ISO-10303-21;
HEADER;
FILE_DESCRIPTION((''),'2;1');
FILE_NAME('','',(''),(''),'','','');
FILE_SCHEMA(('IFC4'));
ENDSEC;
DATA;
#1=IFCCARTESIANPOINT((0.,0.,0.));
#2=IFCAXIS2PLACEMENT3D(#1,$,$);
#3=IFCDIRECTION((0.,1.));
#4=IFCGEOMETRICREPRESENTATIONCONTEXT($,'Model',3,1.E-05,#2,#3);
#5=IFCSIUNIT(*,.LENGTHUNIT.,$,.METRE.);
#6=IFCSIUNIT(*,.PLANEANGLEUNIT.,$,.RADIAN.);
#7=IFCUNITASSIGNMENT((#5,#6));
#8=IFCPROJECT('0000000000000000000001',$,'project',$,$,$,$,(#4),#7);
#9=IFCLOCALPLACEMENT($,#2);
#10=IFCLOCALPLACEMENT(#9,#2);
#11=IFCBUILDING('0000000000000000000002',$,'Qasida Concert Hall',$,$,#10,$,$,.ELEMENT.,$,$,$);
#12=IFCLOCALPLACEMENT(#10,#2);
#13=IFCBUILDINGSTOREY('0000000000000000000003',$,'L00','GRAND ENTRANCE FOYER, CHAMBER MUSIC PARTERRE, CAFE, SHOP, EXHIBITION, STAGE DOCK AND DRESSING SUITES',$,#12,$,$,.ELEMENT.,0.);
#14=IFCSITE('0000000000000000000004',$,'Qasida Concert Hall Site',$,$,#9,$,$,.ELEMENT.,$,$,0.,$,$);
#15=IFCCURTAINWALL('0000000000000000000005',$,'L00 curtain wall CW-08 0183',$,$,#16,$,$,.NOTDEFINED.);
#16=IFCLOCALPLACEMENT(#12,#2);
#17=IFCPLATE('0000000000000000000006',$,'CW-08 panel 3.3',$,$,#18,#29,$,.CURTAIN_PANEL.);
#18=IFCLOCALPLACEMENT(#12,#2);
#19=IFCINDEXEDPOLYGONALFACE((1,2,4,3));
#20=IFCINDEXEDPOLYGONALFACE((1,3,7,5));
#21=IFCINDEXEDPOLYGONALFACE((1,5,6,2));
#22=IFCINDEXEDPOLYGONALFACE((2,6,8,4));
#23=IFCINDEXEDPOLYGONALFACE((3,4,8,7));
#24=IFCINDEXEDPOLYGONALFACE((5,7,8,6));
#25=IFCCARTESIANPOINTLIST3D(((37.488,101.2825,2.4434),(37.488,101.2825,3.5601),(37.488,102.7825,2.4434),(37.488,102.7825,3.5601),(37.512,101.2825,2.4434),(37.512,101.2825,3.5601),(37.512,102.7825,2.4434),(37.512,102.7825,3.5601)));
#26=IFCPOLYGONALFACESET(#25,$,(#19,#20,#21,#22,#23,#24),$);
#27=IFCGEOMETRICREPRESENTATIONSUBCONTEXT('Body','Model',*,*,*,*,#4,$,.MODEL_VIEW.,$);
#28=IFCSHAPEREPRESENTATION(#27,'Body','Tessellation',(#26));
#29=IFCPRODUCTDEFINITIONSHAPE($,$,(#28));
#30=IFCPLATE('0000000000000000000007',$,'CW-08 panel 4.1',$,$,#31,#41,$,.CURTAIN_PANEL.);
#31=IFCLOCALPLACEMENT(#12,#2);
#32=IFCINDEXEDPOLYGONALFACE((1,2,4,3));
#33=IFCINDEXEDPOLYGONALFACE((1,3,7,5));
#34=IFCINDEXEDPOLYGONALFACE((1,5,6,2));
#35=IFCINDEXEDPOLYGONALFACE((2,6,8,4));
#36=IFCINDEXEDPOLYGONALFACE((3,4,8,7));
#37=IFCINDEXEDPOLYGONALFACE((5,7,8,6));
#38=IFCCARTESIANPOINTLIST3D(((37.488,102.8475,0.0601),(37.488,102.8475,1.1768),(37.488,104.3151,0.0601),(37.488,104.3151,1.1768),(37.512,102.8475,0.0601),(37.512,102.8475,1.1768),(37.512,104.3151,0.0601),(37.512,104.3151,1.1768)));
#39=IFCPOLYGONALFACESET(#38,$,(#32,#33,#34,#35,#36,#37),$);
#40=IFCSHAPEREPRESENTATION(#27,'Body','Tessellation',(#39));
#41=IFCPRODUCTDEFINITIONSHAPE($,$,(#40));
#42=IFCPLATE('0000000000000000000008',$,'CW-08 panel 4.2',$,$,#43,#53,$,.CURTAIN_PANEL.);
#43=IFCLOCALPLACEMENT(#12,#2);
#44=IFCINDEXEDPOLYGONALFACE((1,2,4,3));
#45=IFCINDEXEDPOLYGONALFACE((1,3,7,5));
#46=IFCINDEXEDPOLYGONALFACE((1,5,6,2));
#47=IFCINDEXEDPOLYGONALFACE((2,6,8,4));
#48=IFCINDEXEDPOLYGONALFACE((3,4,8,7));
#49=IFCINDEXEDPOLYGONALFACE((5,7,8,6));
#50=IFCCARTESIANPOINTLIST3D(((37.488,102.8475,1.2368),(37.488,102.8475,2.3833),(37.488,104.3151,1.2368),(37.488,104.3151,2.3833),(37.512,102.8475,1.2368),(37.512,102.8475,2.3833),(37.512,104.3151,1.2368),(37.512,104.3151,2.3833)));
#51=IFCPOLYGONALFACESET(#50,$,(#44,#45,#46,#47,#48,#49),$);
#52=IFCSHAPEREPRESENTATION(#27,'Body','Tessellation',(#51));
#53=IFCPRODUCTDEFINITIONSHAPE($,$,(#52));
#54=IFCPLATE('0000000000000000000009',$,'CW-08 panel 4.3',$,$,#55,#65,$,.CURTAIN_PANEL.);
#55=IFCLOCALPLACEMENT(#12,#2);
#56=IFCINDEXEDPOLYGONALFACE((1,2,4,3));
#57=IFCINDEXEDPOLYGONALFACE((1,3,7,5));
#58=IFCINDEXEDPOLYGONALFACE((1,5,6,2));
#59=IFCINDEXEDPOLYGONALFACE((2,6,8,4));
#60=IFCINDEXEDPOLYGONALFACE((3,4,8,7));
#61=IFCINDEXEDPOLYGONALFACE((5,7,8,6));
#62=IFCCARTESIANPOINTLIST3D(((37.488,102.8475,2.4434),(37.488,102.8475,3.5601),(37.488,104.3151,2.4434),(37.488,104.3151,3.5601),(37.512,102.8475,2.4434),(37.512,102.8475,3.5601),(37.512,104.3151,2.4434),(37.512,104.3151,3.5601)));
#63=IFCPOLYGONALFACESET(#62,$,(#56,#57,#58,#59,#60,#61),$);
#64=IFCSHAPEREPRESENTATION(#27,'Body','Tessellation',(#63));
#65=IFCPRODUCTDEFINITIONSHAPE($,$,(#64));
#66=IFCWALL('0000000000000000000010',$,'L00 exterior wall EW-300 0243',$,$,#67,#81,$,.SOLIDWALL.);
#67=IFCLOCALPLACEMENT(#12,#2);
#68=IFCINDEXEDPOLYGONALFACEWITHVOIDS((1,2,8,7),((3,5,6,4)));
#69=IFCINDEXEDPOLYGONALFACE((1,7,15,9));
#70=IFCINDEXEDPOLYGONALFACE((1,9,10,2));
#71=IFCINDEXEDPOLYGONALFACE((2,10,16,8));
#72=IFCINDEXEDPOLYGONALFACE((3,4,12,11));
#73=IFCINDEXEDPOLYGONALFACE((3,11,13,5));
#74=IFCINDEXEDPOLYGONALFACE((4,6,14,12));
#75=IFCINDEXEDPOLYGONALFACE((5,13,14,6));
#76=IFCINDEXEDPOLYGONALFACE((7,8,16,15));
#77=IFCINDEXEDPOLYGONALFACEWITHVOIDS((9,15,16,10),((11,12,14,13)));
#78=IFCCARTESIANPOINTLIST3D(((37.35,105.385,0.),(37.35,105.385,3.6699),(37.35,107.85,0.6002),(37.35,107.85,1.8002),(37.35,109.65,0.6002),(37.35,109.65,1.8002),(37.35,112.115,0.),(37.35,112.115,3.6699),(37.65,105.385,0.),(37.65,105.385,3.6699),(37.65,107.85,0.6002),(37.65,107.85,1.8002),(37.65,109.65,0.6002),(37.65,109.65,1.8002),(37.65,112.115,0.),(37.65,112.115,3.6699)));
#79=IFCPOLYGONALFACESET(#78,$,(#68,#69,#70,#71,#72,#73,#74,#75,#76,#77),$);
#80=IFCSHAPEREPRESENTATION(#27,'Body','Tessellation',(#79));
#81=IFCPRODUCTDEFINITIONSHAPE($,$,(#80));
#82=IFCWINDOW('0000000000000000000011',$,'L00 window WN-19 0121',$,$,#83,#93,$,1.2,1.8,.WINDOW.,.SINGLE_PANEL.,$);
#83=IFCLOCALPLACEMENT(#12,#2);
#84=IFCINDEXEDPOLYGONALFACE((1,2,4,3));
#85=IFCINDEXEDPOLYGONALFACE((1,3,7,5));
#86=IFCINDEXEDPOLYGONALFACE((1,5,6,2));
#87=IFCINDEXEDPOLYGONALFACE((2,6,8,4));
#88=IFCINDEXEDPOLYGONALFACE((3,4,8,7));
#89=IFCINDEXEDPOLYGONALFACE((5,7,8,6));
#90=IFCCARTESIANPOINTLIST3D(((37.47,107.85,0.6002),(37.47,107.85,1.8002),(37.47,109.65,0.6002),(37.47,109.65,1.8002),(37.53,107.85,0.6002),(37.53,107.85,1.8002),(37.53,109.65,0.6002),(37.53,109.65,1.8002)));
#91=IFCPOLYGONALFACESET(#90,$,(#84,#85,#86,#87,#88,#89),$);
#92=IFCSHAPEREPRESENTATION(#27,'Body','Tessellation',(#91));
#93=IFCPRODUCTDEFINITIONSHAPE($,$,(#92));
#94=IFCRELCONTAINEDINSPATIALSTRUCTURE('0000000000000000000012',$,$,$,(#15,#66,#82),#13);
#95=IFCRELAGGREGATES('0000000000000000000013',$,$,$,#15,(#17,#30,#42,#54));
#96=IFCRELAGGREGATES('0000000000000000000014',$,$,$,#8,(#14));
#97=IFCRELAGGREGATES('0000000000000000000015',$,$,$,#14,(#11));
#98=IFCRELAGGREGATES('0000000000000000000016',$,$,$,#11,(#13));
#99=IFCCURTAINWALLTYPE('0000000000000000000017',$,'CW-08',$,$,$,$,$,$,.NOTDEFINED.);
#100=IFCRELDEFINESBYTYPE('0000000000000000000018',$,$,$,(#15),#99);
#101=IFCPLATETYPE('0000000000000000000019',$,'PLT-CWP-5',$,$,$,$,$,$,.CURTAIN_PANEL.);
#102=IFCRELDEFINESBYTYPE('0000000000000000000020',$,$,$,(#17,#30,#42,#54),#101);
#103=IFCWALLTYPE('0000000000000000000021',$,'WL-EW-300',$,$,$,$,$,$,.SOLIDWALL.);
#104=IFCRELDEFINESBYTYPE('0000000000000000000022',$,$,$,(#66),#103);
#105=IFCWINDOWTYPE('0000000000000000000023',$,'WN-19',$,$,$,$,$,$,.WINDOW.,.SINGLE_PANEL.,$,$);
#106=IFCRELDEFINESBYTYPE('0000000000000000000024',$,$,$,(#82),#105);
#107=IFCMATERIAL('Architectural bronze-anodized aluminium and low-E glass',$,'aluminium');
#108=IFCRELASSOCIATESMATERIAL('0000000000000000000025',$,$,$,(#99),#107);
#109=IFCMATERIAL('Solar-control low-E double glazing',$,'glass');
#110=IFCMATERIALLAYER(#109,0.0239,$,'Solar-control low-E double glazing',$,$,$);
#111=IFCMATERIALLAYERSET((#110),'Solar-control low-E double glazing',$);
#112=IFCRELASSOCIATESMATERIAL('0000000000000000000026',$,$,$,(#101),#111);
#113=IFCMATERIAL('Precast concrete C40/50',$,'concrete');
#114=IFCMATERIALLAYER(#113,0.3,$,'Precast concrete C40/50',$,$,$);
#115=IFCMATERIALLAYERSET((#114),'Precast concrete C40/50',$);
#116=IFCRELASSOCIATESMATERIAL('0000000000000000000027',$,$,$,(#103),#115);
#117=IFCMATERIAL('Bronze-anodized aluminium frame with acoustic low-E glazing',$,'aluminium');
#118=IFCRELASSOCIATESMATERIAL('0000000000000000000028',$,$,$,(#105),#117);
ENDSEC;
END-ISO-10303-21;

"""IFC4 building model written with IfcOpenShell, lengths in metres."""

from ifc_helpers import new_model, si_unit, direction, frame, frame_2d, origin, origin_2d, place, context, subcontext, project, spatial, rectangle, extrude, material, layer, layer_set, type_object, element, fill, aggregate, save


model = new_model("IFC4")

# Units and contexts
model_context = context("Model", 3, precision=1e-05, world=origin(), true_north=direction((0.0, 1.0)))
body_context = subcontext(model_context, "Body", "Model", "MODEL_VIEW")
ifc_project = project(units=[si_unit("LENGTHUNIT", "METRE"), si_unit("PLANEANGLEUNIT", "RADIAN")], contexts=[model_context])

# Site, building, storey
site_placement = place(None, origin())
site = spatial("IfcSite", under=ifc_project, at=site_placement, Name="Qasida Concert Hall Site", CompositionType="ELEMENT", RefElevation=0.0)
building_placement = place(site_placement, origin())
building = spatial("IfcBuilding", under=site, at=building_placement, Name="Qasida Concert Hall", CompositionType="ELEMENT")
storey_placement = place(building_placement, origin())
storey = spatial("IfcBuildingStorey", under=building, at=storey_placement, Name="L00", Description="GRAND ENTRANCE FOYER, CHAMBER MUSIC PARTERRE, CAFE, SHOP, EXHIBITION, STAGE DOCK AND DRESSING SUITES", CompositionType="ELEMENT", Elevation=0.0)

# Curtain wall, plates
ifc_material_1 = material(Name="Architectural bronze-anodized aluminium and low-E glass", Category="aluminium")
curtain_wall_type = type_object("IfcCurtainWallType", Name="CW-08", PredefinedType="NOTDEFINED", material=ifc_material_1)
curtain_wall_placement = place(storey_placement, origin())
curtain_wall = element("IfcCurtainWall", 1, at=curtain_wall_placement, inside=storey, type_object=curtain_wall_type, Name="L00 curtain wall CW-08 0183", PredefinedType="NOTDEFINED")
ifc_material_2 = material(Name="Solar-control low-E double glazing", Category="glass")
ifc_layer_1 = layer(ifc_material_2, 0.0239, Name="Solar-control low-E double glazing")
ifc_layer_set_1 = layer_set([ifc_layer_1], Name="Solar-control low-E double glazing")
plate_type = type_object("IfcPlateType", Name="PLT-CWP-5", PredefinedType="CURTAIN_PANEL", material=ifc_layer_set_1)
plate_1_placement = place(storey_placement, frame((37.5, 102.0325, 2.4434), z_axis=(0.0, 0.0, 1.0), x_axis=(0.0, 1.0, 0.0)))
plate_1 = element("IfcPlate", 2, at=plate_1_placement, type_object=plate_type, Name="CW-08 panel 3.3", PredefinedType="CURTAIN_PANEL", context=body_context, shape_type="SweptSolid", body=[
    extrude(rectangle(XDim=1.5, YDim=0.0239, at=origin_2d()), origin(), (0.0, 0.0, 1.0), 1.1167),
])
plate_2_placement = place(storey_placement, frame((37.5, 103.5813, 0.0601), z_axis=(0.0, 0.0, 1.0), x_axis=(0.0, 1.0, 0.0)))
plate_2 = element("IfcPlate", 3, at=plate_2_placement, type_object=plate_type, Name="CW-08 panel 4.1", PredefinedType="CURTAIN_PANEL", context=body_context, shape_type="SweptSolid", body=[
    extrude(rectangle(XDim=1.4675, YDim=0.0239, at=origin_2d()), origin(), (0.0, 0.0, 1.0), 1.1167),
])
plate_3_placement = place(storey_placement, frame((37.5, 103.5813, 1.2368), z_axis=(0.0, 0.0, 1.0), x_axis=(0.0, 1.0, 0.0)))
plate_3 = element("IfcPlate", 4, at=plate_3_placement, type_object=plate_type, Name="CW-08 panel 4.2", PredefinedType="CURTAIN_PANEL", context=body_context, shape_type="SweptSolid", body=[
    extrude(rectangle(XDim=1.4675, YDim=0.0239, at=origin_2d()), origin(), (0.0, 0.0, 1.0), 1.1465),
])
plate_4_placement = place(storey_placement, frame((37.5, 103.5813, 2.4434), z_axis=(0.0, 0.0, 1.0), x_axis=(0.0, 1.0, 0.0)))
plate_4 = element("IfcPlate", 5, at=plate_4_placement, type_object=plate_type, Name="CW-08 panel 4.3", PredefinedType="CURTAIN_PANEL", context=body_context, shape_type="SweptSolid", body=[
    extrude(rectangle(XDim=1.4675, YDim=0.0239, at=origin_2d()), origin(), (0.0, 0.0, 1.0), 1.1167),
])
aggregate(curtain_wall, [plate_1, plate_2, plate_3, plate_4])

# Wall, opening, window
ifc_material_3 = material(Name="Precast concrete C40/50", Category="concrete")
ifc_layer_2 = layer(ifc_material_3, 0.3, Name="Precast concrete C40/50")
ifc_layer_set_2 = layer_set([ifc_layer_2], Name="Precast concrete C40/50")
wall_type = type_object("IfcWallType", Name="WL-EW-300", PredefinedType="SOLIDWALL", material=ifc_layer_set_2)
wall_placement = place(storey_placement, frame((37.5, 105.385, 0.0), z_axis=(0.0, 0.0, 1.0), x_axis=(0.0, 1.0, 0.0)))
wall = element("IfcWall", 6, at=wall_placement, inside=storey, type_object=wall_type, Name="L00 exterior wall EW-300 0243", PredefinedType="SOLIDWALL", context=body_context, shape_type="SweptSolid", body=[
    extrude(rectangle(XDim=6.73, YDim=0.3, at=frame_2d((3.365, 0.0))), origin(), (0.0, 0.0, 1.0), 3.6699),
])
opening_placement = place(wall_placement, frame((2.4651, 0.0, 0.6001)))
opening = element("IfcOpeningElement", 7, at=opening_placement, cuts=wall, PredefinedType="OPENING", context=body_context, shape_type="SweptSolid", body=[
    extrude(rectangle(XDim=1.8, YDim=1.2, at=frame_2d((0.8999, 0.6001))), frame((0.0, 0.1599, 0.0), z_axis=(0.0, -1.0, 0.0), x_axis=(1.0, 0.0, 0.0)), (0.0, 0.0, 1.0), 0.3201),
])
ifc_material_4 = material(Name="Bronze-anodized aluminium frame with acoustic low-E glazing", Category="aluminium")
window_type = type_object("IfcWindowType", Name="WN-19", PartitioningType="SINGLE_PANEL", PredefinedType="WINDOW", material=ifc_material_4)
window_placement = place(opening_placement, origin())
window = element("IfcWindow", 8, at=window_placement, inside=storey, type_object=window_type, Name="L00 window WN-19 0121", OverallHeight=1.2, OverallWidth=1.8, PartitioningType="SINGLE_PANEL", PredefinedType="WINDOW", context=body_context, shape_type="SweptSolid", body=[
    extrude(rectangle(XDim=1.8, YDim=1.2, at=frame_2d((0.8999, 0.6001))), frame((0.0, 0.03, 0.0), z_axis=(0.0, -1.0, 0.0), x_axis=(1.0, 0.0, 0.0)), (0.0, 0.0, 1.0), 0.0601),
])
fill(opening, window)

save(model, "model.ifc")
